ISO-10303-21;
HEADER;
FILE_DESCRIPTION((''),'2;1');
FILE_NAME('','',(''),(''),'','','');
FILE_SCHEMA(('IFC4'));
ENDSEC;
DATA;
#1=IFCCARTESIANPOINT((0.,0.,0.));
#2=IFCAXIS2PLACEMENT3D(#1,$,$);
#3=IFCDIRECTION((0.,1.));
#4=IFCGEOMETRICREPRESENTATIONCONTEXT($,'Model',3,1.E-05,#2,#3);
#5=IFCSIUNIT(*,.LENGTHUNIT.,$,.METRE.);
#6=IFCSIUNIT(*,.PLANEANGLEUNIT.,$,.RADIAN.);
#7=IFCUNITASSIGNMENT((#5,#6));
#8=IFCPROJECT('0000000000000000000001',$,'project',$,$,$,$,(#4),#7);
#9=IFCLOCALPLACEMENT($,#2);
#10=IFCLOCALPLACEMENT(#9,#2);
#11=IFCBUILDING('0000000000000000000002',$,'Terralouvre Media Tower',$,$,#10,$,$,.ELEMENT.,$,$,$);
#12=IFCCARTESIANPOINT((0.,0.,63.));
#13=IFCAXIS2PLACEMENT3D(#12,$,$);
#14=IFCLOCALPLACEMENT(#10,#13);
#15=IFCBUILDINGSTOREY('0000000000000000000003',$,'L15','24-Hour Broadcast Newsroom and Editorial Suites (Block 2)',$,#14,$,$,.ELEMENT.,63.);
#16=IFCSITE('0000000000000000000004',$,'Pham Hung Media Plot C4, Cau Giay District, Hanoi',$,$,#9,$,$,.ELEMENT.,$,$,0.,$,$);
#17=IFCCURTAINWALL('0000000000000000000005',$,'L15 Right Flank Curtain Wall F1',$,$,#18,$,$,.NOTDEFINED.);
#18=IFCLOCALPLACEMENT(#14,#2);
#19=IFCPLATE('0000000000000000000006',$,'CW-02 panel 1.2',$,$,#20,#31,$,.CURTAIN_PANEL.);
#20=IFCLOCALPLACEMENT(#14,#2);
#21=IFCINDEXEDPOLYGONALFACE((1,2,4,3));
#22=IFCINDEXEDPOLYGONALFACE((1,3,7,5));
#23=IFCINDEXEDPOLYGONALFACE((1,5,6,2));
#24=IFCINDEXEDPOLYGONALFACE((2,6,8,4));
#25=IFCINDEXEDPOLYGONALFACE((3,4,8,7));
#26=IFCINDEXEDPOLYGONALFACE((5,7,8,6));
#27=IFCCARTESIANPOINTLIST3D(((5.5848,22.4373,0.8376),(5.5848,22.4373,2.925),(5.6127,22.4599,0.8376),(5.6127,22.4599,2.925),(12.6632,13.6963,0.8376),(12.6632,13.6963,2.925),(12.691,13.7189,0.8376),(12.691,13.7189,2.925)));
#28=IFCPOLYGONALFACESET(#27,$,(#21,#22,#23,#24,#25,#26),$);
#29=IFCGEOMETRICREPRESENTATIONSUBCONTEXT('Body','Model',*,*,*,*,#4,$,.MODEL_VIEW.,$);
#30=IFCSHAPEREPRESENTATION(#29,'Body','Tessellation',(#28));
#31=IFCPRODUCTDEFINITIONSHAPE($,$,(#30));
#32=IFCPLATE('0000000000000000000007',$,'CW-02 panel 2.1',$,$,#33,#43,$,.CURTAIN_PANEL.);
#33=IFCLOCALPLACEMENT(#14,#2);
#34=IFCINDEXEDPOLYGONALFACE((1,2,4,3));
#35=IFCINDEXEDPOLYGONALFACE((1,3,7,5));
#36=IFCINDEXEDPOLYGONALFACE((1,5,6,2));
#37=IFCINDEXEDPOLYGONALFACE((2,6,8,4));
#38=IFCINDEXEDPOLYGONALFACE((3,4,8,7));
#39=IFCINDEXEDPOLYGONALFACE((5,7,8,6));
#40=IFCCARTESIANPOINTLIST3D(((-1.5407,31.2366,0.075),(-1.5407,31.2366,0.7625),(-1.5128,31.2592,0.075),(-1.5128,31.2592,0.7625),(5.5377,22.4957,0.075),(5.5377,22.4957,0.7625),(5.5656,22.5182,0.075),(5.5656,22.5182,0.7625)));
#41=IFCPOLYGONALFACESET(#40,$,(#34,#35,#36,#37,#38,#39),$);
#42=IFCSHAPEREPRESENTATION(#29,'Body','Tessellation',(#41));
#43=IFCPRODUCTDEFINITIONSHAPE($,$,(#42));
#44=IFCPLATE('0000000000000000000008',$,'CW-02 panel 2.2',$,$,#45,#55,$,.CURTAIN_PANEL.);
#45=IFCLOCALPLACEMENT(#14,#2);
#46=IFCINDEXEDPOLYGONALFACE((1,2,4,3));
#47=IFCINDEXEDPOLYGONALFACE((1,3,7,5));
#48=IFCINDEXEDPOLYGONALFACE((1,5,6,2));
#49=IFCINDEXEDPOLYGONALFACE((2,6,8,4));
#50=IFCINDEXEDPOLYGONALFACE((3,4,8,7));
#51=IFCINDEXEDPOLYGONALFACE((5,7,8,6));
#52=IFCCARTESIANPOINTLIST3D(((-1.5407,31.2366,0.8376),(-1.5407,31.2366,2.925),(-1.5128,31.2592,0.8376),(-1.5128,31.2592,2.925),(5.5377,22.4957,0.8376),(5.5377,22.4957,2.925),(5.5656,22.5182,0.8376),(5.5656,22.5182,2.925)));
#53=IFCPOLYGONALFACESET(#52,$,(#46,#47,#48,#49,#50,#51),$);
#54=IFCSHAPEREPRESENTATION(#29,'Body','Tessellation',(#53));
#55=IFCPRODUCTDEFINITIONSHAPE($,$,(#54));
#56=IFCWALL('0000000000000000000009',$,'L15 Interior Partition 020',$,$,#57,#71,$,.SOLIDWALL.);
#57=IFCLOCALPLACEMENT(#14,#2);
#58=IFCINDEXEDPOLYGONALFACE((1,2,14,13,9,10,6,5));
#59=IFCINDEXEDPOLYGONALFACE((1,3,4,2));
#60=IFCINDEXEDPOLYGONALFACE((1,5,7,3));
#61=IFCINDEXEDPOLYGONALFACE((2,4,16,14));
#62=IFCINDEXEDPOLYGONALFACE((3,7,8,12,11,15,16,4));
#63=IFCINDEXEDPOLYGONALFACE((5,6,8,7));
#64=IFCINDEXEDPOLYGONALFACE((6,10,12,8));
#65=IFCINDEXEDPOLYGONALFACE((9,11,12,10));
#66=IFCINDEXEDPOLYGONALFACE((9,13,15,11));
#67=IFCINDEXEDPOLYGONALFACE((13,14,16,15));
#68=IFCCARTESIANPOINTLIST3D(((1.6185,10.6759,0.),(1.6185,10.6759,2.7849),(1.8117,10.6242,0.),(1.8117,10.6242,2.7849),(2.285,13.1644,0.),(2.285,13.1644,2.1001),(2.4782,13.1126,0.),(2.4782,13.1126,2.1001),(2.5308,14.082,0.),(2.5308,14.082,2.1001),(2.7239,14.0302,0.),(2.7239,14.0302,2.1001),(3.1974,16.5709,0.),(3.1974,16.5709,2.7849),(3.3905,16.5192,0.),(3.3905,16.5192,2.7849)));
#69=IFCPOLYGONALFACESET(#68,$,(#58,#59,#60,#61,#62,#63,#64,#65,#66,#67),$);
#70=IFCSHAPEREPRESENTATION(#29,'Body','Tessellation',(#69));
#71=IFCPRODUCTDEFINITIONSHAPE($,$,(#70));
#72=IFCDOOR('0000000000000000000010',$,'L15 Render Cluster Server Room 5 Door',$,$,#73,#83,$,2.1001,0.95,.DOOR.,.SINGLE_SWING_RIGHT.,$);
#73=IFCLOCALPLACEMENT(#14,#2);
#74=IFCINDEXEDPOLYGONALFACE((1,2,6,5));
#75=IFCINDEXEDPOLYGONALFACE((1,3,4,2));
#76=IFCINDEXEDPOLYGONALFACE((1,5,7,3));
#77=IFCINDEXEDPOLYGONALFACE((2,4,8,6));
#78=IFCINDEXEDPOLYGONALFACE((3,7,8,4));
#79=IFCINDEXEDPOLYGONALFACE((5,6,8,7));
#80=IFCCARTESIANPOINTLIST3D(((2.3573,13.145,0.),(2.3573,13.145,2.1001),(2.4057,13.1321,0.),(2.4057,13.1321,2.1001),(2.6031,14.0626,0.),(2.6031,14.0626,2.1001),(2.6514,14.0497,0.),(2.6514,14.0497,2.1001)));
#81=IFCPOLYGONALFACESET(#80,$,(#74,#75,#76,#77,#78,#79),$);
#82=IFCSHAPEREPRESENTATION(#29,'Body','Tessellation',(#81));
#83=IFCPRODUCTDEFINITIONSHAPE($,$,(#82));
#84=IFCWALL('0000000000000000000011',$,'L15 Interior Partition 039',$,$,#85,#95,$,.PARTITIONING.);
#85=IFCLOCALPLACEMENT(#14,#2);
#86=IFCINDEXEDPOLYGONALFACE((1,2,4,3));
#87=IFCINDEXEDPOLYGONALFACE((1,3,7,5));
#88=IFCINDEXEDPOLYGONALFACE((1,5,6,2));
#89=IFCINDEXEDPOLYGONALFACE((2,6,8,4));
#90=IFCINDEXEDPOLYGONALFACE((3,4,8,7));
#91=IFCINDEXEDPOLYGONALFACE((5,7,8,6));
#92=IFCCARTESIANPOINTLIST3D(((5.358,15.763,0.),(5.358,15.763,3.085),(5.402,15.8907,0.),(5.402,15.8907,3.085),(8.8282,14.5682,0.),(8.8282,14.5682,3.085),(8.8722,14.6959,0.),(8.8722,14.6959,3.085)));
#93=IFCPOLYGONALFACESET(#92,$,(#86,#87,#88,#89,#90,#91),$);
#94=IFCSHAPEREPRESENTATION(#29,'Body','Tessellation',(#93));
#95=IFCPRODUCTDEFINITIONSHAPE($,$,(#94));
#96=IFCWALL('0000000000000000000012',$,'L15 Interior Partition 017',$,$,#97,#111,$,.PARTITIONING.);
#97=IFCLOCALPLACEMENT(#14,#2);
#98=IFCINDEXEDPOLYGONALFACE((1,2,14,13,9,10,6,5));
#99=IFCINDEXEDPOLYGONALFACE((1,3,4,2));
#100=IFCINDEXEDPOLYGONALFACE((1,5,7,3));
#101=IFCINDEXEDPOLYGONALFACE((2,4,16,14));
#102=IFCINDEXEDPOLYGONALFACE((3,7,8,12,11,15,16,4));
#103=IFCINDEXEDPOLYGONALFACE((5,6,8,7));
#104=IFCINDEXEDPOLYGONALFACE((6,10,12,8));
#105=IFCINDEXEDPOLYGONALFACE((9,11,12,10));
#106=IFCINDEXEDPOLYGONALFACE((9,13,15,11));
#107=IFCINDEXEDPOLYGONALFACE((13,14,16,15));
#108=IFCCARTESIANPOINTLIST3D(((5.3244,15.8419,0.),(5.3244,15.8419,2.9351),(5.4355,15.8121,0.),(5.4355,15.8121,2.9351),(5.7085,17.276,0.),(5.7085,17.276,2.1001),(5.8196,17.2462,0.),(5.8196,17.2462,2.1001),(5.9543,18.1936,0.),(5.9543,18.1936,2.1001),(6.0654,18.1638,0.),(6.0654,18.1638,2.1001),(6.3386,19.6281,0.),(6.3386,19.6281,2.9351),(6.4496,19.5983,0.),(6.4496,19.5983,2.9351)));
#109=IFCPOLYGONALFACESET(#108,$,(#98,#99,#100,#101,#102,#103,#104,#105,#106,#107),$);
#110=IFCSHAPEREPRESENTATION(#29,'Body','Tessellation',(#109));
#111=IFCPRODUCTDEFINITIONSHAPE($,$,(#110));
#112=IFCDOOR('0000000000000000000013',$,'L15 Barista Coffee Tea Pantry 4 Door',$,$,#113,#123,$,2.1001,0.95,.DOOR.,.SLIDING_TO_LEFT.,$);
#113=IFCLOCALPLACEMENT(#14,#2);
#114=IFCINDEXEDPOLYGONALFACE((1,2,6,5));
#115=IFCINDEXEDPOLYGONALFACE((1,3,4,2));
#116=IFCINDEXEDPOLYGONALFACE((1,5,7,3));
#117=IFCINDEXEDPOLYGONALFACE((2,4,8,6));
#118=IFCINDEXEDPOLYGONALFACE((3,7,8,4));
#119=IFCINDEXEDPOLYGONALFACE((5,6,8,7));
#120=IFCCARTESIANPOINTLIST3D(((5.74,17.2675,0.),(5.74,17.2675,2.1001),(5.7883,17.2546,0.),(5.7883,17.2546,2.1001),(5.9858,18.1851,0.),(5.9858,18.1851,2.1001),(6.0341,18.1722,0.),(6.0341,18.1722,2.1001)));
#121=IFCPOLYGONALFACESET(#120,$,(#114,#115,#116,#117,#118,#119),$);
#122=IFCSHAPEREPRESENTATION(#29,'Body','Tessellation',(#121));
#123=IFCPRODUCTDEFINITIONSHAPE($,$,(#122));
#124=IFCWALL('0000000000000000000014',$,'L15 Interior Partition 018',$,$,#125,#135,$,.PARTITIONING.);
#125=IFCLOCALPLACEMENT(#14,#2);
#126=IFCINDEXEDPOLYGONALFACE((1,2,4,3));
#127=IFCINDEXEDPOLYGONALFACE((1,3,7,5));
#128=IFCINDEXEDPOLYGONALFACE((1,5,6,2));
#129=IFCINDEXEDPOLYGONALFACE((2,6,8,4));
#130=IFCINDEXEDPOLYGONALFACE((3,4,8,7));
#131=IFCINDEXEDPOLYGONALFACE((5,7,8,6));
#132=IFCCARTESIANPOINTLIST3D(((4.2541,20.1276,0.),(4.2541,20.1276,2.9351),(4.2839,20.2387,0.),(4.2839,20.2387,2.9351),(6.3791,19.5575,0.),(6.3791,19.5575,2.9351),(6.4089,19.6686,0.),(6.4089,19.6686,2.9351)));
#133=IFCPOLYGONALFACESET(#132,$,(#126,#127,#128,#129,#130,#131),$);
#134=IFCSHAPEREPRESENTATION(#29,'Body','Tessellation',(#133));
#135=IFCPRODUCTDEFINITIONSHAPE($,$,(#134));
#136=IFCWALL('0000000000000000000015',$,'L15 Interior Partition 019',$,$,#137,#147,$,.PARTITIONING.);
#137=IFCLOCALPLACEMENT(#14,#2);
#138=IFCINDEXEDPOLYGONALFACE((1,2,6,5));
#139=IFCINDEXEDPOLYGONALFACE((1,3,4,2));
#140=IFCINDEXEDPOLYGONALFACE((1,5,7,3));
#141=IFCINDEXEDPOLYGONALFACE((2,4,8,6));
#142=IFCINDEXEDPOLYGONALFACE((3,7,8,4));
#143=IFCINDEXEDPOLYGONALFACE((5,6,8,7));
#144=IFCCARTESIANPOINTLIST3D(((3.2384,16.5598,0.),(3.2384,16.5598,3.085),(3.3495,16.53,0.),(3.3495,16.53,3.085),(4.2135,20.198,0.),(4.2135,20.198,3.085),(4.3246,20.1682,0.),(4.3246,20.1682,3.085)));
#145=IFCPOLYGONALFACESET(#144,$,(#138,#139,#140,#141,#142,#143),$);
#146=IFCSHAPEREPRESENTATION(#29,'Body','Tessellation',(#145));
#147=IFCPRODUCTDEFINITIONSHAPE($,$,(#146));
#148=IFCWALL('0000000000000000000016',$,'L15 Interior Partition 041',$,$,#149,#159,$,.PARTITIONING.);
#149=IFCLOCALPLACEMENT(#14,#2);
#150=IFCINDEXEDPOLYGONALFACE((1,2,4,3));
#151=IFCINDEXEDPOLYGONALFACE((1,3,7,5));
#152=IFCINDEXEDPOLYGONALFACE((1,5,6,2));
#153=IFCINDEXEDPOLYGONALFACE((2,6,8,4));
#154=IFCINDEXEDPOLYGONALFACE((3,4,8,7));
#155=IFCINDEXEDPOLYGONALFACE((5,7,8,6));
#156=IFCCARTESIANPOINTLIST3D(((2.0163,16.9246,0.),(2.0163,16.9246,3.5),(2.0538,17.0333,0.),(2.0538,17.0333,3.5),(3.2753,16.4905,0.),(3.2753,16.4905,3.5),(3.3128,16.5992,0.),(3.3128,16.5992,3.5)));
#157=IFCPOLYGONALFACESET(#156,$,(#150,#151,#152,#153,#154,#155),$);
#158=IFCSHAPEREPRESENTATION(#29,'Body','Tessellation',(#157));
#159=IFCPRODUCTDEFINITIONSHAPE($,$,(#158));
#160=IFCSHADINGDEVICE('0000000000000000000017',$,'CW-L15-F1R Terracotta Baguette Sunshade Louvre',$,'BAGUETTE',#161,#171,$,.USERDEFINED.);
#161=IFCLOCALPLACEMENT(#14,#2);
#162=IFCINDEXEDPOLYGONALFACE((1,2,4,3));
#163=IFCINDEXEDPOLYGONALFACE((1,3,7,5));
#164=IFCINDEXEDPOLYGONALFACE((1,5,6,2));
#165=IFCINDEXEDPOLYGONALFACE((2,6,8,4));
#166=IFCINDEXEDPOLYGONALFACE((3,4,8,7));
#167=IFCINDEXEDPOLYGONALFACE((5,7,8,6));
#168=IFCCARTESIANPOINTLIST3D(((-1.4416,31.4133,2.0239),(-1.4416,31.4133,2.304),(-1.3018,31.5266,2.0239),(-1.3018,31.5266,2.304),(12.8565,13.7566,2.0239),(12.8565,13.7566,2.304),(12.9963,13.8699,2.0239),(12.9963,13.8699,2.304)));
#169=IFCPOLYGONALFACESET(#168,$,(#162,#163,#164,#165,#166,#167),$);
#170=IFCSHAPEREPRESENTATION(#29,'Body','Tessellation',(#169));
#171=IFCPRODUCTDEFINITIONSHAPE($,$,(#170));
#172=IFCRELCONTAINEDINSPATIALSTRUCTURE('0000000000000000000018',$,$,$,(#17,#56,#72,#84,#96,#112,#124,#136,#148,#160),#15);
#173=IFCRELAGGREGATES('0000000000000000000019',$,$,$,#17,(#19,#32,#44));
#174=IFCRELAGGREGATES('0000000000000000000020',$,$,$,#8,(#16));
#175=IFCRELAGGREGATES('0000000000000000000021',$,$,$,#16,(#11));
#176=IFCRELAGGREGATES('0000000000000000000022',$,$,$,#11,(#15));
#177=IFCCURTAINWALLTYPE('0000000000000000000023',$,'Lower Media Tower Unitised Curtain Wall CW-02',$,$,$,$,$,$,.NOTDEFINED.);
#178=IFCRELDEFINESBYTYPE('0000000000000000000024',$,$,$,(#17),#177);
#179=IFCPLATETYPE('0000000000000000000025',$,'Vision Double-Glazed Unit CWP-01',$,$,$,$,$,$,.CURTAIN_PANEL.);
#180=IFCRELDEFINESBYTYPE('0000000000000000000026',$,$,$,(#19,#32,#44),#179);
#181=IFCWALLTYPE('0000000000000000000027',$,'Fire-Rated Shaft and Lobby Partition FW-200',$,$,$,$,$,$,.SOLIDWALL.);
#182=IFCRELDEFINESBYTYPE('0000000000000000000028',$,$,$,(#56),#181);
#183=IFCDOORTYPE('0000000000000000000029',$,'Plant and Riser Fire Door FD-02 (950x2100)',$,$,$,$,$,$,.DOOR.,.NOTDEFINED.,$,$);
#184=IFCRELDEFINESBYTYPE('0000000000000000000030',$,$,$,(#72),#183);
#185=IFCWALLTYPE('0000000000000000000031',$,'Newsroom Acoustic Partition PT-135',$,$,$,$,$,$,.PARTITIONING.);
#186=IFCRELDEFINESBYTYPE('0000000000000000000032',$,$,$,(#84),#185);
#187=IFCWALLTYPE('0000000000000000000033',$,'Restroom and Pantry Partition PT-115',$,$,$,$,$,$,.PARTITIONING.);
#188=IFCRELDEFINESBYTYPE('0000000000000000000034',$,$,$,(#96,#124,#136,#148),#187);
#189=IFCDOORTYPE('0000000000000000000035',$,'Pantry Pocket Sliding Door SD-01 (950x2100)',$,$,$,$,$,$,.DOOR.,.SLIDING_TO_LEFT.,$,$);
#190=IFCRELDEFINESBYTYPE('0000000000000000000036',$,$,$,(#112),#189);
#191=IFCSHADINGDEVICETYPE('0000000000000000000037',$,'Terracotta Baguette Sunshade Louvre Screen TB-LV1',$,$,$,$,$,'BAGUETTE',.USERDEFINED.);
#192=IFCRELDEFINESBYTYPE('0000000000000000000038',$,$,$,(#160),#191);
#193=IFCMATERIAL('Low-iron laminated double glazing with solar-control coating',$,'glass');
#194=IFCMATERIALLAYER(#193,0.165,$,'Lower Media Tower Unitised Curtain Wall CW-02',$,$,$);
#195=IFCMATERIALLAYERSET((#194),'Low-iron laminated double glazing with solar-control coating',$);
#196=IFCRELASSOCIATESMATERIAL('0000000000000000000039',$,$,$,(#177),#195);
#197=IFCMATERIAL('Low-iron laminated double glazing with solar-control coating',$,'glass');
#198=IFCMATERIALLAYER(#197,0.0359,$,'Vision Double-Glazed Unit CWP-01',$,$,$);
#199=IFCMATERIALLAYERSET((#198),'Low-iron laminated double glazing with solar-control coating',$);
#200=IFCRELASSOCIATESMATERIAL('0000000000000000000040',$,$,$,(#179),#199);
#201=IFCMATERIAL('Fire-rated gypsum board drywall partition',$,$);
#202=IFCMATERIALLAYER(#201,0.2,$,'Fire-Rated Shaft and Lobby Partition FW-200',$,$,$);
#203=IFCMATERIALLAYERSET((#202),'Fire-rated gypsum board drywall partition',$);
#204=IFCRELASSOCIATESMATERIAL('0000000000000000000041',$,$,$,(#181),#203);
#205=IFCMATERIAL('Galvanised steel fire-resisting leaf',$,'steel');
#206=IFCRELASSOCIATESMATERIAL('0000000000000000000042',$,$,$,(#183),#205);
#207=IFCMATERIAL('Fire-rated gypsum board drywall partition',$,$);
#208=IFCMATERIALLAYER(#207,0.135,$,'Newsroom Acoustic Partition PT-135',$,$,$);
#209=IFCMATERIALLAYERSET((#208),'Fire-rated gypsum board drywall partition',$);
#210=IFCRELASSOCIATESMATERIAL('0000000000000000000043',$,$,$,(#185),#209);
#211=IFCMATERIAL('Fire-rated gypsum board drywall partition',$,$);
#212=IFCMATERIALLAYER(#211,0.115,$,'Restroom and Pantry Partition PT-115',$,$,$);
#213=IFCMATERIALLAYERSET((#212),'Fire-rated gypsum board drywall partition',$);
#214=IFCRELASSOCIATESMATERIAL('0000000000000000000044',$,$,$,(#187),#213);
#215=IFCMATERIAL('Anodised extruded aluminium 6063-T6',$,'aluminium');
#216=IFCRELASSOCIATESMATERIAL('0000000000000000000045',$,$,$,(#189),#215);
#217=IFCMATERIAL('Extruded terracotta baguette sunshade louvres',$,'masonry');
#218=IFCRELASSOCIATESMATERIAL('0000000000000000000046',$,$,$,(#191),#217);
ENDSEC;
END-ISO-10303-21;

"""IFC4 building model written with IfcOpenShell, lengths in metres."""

from ifc_helpers import new_model, si_unit, direction, frame, frame_2d, origin, origin_2d, place, context, subcontext, project, spatial, rectangle, extrude, material, layer, layer_set, type_object, element, fill, aggregate, save


model = new_model("IFC4")

# Units and contexts
model_context = context("Model", 3, precision=1e-05, world=origin(), true_north=direction((0.0, 1.0)))
body_context = subcontext(model_context, "Body", "Model", "MODEL_VIEW")
ifc_project = project(units=[si_unit("LENGTHUNIT", "METRE"), si_unit("PLANEANGLEUNIT", "RADIAN")], contexts=[model_context])

# Site, building, storey
site_placement = place(None, origin())
site = spatial("IfcSite", under=ifc_project, at=site_placement, Name="Pham Hung Media Plot C4, Cau Giay District, Hanoi", CompositionType="ELEMENT", RefElevation=0.0)
building_placement = place(site_placement, origin())
building = spatial("IfcBuilding", under=site, at=building_placement, Name="Terralouvre Media Tower", CompositionType="ELEMENT")
storey_placement = place(building_placement, frame((0.0, 0.0, 63.0)))
storey = spatial("IfcBuildingStorey", under=building, at=storey_placement, Name="L15", Description="24-Hour Broadcast Newsroom and Editorial Suites (Block 2)", CompositionType="ELEMENT", Elevation=63.0)

# Curtain wall
ifc_material_1 = material(Name="Low-iron laminated double glazing with solar-control coating", Category="glass")
ifc_layer_1 = layer(ifc_material_1, 0.165, Name="Lower Media Tower Unitised Curtain Wall CW-02")
ifc_layer_set_1 = layer_set([ifc_layer_1], Name="Low-iron laminated double glazing with solar-control coating")
curtain_wall_type = type_object("IfcCurtainWallType", Name="Lower Media Tower Unitised Curtain Wall CW-02", PredefinedType="NOTDEFINED", material=ifc_layer_set_1)
curtain_wall_placement = place(storey_placement, origin())
curtain_wall = element("IfcCurtainWall", 1, at=curtain_wall_placement, inside=storey, type_object=curtain_wall_type, Name="L15 Right Flank Curtain Wall F1", PredefinedType="NOTDEFINED")

# Plates
ifc_material_2 = material(Name="Low-iron laminated double glazing with solar-control coating", Category="glass")
ifc_layer_2 = layer(ifc_material_2, 0.0359, Name="Vision Double-Glazed Unit CWP-01")
ifc_layer_set_2 = layer_set([ifc_layer_2], Name="Low-iron laminated double glazing with solar-control coating")
plate_type = type_object("IfcPlateType", Name="Vision Double-Glazed Unit CWP-01", PredefinedType="CURTAIN_PANEL", material=ifc_layer_set_2)
plate_1_placement = place(storey_placement, frame((9.1379, 18.0781, 0.8376), z_axis=(0.0, 0.0, 1.0), x_axis=(-0.629321, 0.777146, 0.0)))
plate_1 = element("IfcPlate", 2, at=plate_1_placement, type_object=plate_type, Name="CW-02 panel 1.2", PredefinedType="CURTAIN_PANEL", context=body_context, shape_type="SweptSolid", body=[
    extrude(rectangle(XDim=11.2476, YDim=0.0359, at=origin_2d()), origin(), (0.0, 0.0, 1.0), 2.0874),
])
plate_2_placement = place(storey_placement, frame((2.0125, 26.8774, 0.075), z_axis=(0.0, 0.0, 1.0), x_axis=(-0.629321, 0.777146, 0.0)))
plate_2 = element("IfcPlate", 3, at=plate_2_placement, type_object=plate_type, Name="CW-02 panel 2.1", PredefinedType="CURTAIN_PANEL", context=body_context, shape_type="SweptSolid", body=[
    extrude(rectangle(XDim=11.2476, YDim=0.0359, at=origin_2d()), origin(), (0.0, 0.0, 1.0), 0.6875),
])
plate_3_placement = place(storey_placement, frame((2.0125, 26.8774, 0.8376), z_axis=(0.0, 0.0, 1.0), x_axis=(-0.629321, 0.777146, 0.0)))
plate_3 = element("IfcPlate", 4, at=plate_3_placement, type_object=plate_type, Name="CW-02 panel 2.2", PredefinedType="CURTAIN_PANEL", context=body_context, shape_type="SweptSolid", body=[
    extrude(rectangle(XDim=11.2476, YDim=0.0359, at=origin_2d()), origin(), (0.0, 0.0, 1.0), 2.0874),
])
aggregate(curtain_wall, [plate_1, plate_2, plate_3])

# Wall, opening, door
ifc_material_3 = material(Name="Fire-rated gypsum board drywall partition")
ifc_layer_3 = layer(ifc_material_3, 0.2, Name="Fire-Rated Shaft and Lobby Partition FW-200")
ifc_layer_set_3 = layer_set([ifc_layer_3], Name="Fire-rated gypsum board drywall partition")
wall_type_1 = type_object("IfcWallType", Name="Fire-Rated Shaft and Lobby Partition FW-200", PredefinedType="SOLIDWALL", material=ifc_layer_set_3)
wall_1_placement = place(storey_placement, frame((3.2939, 16.5449, 0.0), z_axis=(0.0, 0.0, 1.0), x_axis=(-0.258711, -0.965955, 0.0)))
wall_1 = element("IfcWall", 5, at=wall_1_placement, inside=storey, type_object=wall_type_1, Name="L15 Interior Partition 020", PredefinedType="SOLIDWALL", context=body_context, shape_type="SweptSolid", body=[
    extrude(rectangle(XDim=6.1028, YDim=0.2, at=frame_2d((3.0513, 0.0))), origin(), (0.0, 0.0, 1.0), 2.7849),
])
opening_1_placement = place(wall_1_placement, frame((2.5764, 0.0, 0.0)))
opening_1 = element("IfcOpeningElement", 6, at=opening_1_placement, cuts=wall_1, PredefinedType="OPENING", context=body_context, shape_type="SweptSolid", body=[
    extrude(rectangle(XDim=0.95, YDim=2.1001, at=frame_2d((0.4751, 1.05))), frame((0.0, 0.1099, 0.0), z_axis=(0.0, -1.0, 0.0), x_axis=(1.0, 0.0, 0.0)), (0.0, 0.0, 1.0), 0.22),
])
ifc_material_4 = material(Name="Galvanised steel fire-resisting leaf", Category="steel")
door_type_1 = type_object("IfcDoorType", Name="Plant and Riser Fire Door FD-02 (950x2100)", OperationType="NOTDEFINED", PredefinedType="DOOR", material=ifc_material_4)
door_1_placement = place(opening_1_placement, origin())
door_1 = element("IfcDoor", 7, at=door_1_placement, inside=storey, type_object=door_type_1, Name="L15 Render Cluster Server Room 5 Door", OperationType="SINGLE_SWING_RIGHT", OverallHeight=2.1001, OverallWidth=0.95, PredefinedType="DOOR", context=body_context, shape_type="SweptSolid", body=[
    extrude(rectangle(XDim=0.95, YDim=2.1001, at=frame_2d((0.4751, 1.05))), frame((0.0, 0.0249, 0.0), z_axis=(0.0, -1.0, 0.0), x_axis=(1.0, 0.0, 0.0)), (0.0, 0.0, 1.0), 0.05),
])
fill(opening_1, door_1)

# Wall
ifc_material_5 = material(Name="Fire-rated gypsum board drywall partition")
ifc_layer_4 = layer(ifc_material_5, 0.135, Name="Newsroom Acoustic Partition PT-135")
ifc_layer_set_4 = layer_set([ifc_layer_4], Name="Fire-rated gypsum board drywall partition")
wall_type_2 = type_object("IfcWallType", Name="Newsroom Acoustic Partition PT-135", PredefinedType="PARTITIONING", material=ifc_layer_set_4)
wall_2_placement = place(storey_placement, frame((8.8501, 14.6321, 0.0), z_axis=(0.0, 0.0, 1.0), x_axis=(-0.945524, 0.325552, 0.0)))
element("IfcWall", 8, at=wall_2_placement, inside=storey, type_object=wall_type_2, Name="L15 Interior Partition 039", PredefinedType="PARTITIONING", context=body_context, shape_type="SweptSolid", body=[
    extrude(rectangle(XDim=3.6702, YDim=0.135, at=frame_2d((1.835, 0.0))), origin(), (0.0, 0.0, 1.0), 3.085),
])

# Wall, opening, door
ifc_material_6 = material(Name="Fire-rated gypsum board drywall partition")
ifc_layer_5 = layer(ifc_material_6, 0.115, Name="Restroom and Pantry Partition PT-115")
ifc_layer_set_5 = layer_set([ifc_layer_5], Name="Fire-rated gypsum board drywall partition")
wall_type_3 = type_object("IfcWallType", Name="Restroom and Pantry Partition PT-115", PredefinedType="PARTITIONING", material=ifc_layer_set_5)
wall_3_placement = place(storey_placement, frame((5.3799, 15.8269, 0.0), z_axis=(0.0, 0.0, 1.0), x_axis=(0.25874, 0.965947, 0.0)))
wall_3 = element("IfcWall", 9, at=wall_3_placement, inside=storey, type_object=wall_type_3, Name="L15 Interior Partition 017", PredefinedType="PARTITIONING", context=body_context, shape_type="SweptSolid", body=[
    extrude(rectangle(XDim=3.9197, YDim=0.115, at=frame_2d((1.96, 0.0))), origin(), (0.0, 0.0, 1.0), 2.9351),
])
opening_2_placement = place(wall_3_placement, frame((1.4846, 0.0, 0.0)))
opening_2 = element("IfcOpeningElement", 10, at=opening_2_placement, cuts=wall_3, PredefinedType="OPENING", context=body_context, shape_type="SweptSolid", body=[
    extrude(rectangle(XDim=0.95, YDim=2.1001, at=frame_2d((0.4751, 1.05))), frame((0.0, 0.0674, 0.0), z_axis=(0.0, -1.0, 0.0), x_axis=(1.0, 0.0, 0.0)), (0.0, 0.0, 1.0), 0.135),
])
ifc_material_7 = material(Name="Anodised extruded aluminium 6063-T6", Category="aluminium")
door_type_2 = type_object("IfcDoorType", Name="Pantry Pocket Sliding Door SD-01 (950x2100)", OperationType="SLIDING_TO_LEFT", PredefinedType="DOOR", material=ifc_material_7)
door_2_placement = place(opening_2_placement, origin())
door_2 = element("IfcDoor", 11, at=door_2_placement, inside=storey, type_object=door_type_2, Name="L15 Barista Coffee Tea Pantry 4 Door", OperationType="SLIDING_TO_LEFT", OverallHeight=2.1001, OverallWidth=0.95, PredefinedType="DOOR", context=body_context, shape_type="SweptSolid", body=[
    extrude(rectangle(XDim=0.95, YDim=2.1001, at=frame_2d((0.4751, 1.05))), frame((0.0, 0.0249, 0.0), z_axis=(0.0, -1.0, 0.0), x_axis=(1.0, 0.0, 0.0)), (0.0, 0.0, 1.0), 0.05),
])
fill(opening_2, door_2)

# Walls
wall_4_placement = place(storey_placement, frame((6.394, 19.613, 0.0), z_axis=(0.0, 0.0, 1.0), x_axis=(-0.965849, 0.259106, 0.0)))
element("IfcWall", 12, at=wall_4_placement, inside=storey, type_object=wall_type_3, Name="L15 Interior Partition 018", PredefinedType="PARTITIONING", context=body_context, shape_type="SweptSolid", body=[
    extrude(rectangle(XDim=2.2002, YDim=0.115, at=frame_2d((1.1001, 0.0))), origin(), (0.0, 0.0, 1.0), 2.9351),
])
wall_5_placement = place(storey_placement, frame((4.269, 20.1831, 0.0), z_axis=(0.0, 0.0, 1.0), x_axis=(-0.258881, -0.965909, 0.0)))
element("IfcWall", 13, at=wall_5_placement, inside=storey, type_object=wall_type_3, Name="L15 Interior Partition 019", PredefinedType="PARTITIONING", context=body_context, shape_type="SweptSolid", body=[
    extrude(rectangle(XDim=3.7666, YDim=0.115, at=frame_2d((1.8833, 0.0))), origin(), (0.0, 0.0, 1.0), 3.085),
])
wall_6_placement = place(storey_placement, frame((2.0349, 16.979, 0.0), z_axis=(0.0, 0.0, 1.0), x_axis=(0.945389, -0.325945, 0.0)))
element("IfcWall", 14, at=wall_6_placement, inside=storey, type_object=wall_type_3, Name="L15 Interior Partition 041", PredefinedType="PARTITIONING", context=body_context, shape_type="SweptSolid", body=[
    extrude(rectangle(XDim=1.3318, YDim=0.115, at=frame_2d((0.666, 0.0))), origin(), (0.0, 0.0, 1.0), 3.5),
])

# Shading device
ifc_material_8 = material(Name="Extruded terracotta baguette sunshade louvres", Category="masonry")
shading_device_type = type_object("IfcShadingDeviceType", Name="Terracotta Baguette Sunshade Louvre Screen TB-LV1", ElementType="BAGUETTE", PredefinedType="USERDEFINED", material=ifc_material_8)
shading_device_placement = place(storey_placement, frame((5.7773, 22.6416, 2.0239), z_axis=(0.0, 0.0, 1.0), x_axis=(-0.629321, 0.777146, 0.0)))
element("IfcShadingDevice", 15, at=shading_device_placement, inside=storey, type_object=shading_device_type, Name="CW-L15-F1R Terracotta Baguette Sunshade Louvre", ObjectType="BAGUETTE", PredefinedType="USERDEFINED", context=body_context, shape_type="SweptSolid", body=[
    extrude(rectangle(XDim=22.72, YDim=0.1799, at=origin_2d()), origin(), (0.0, 0.0, 1.0), 0.28),
])

save(model, "model.ifc")
